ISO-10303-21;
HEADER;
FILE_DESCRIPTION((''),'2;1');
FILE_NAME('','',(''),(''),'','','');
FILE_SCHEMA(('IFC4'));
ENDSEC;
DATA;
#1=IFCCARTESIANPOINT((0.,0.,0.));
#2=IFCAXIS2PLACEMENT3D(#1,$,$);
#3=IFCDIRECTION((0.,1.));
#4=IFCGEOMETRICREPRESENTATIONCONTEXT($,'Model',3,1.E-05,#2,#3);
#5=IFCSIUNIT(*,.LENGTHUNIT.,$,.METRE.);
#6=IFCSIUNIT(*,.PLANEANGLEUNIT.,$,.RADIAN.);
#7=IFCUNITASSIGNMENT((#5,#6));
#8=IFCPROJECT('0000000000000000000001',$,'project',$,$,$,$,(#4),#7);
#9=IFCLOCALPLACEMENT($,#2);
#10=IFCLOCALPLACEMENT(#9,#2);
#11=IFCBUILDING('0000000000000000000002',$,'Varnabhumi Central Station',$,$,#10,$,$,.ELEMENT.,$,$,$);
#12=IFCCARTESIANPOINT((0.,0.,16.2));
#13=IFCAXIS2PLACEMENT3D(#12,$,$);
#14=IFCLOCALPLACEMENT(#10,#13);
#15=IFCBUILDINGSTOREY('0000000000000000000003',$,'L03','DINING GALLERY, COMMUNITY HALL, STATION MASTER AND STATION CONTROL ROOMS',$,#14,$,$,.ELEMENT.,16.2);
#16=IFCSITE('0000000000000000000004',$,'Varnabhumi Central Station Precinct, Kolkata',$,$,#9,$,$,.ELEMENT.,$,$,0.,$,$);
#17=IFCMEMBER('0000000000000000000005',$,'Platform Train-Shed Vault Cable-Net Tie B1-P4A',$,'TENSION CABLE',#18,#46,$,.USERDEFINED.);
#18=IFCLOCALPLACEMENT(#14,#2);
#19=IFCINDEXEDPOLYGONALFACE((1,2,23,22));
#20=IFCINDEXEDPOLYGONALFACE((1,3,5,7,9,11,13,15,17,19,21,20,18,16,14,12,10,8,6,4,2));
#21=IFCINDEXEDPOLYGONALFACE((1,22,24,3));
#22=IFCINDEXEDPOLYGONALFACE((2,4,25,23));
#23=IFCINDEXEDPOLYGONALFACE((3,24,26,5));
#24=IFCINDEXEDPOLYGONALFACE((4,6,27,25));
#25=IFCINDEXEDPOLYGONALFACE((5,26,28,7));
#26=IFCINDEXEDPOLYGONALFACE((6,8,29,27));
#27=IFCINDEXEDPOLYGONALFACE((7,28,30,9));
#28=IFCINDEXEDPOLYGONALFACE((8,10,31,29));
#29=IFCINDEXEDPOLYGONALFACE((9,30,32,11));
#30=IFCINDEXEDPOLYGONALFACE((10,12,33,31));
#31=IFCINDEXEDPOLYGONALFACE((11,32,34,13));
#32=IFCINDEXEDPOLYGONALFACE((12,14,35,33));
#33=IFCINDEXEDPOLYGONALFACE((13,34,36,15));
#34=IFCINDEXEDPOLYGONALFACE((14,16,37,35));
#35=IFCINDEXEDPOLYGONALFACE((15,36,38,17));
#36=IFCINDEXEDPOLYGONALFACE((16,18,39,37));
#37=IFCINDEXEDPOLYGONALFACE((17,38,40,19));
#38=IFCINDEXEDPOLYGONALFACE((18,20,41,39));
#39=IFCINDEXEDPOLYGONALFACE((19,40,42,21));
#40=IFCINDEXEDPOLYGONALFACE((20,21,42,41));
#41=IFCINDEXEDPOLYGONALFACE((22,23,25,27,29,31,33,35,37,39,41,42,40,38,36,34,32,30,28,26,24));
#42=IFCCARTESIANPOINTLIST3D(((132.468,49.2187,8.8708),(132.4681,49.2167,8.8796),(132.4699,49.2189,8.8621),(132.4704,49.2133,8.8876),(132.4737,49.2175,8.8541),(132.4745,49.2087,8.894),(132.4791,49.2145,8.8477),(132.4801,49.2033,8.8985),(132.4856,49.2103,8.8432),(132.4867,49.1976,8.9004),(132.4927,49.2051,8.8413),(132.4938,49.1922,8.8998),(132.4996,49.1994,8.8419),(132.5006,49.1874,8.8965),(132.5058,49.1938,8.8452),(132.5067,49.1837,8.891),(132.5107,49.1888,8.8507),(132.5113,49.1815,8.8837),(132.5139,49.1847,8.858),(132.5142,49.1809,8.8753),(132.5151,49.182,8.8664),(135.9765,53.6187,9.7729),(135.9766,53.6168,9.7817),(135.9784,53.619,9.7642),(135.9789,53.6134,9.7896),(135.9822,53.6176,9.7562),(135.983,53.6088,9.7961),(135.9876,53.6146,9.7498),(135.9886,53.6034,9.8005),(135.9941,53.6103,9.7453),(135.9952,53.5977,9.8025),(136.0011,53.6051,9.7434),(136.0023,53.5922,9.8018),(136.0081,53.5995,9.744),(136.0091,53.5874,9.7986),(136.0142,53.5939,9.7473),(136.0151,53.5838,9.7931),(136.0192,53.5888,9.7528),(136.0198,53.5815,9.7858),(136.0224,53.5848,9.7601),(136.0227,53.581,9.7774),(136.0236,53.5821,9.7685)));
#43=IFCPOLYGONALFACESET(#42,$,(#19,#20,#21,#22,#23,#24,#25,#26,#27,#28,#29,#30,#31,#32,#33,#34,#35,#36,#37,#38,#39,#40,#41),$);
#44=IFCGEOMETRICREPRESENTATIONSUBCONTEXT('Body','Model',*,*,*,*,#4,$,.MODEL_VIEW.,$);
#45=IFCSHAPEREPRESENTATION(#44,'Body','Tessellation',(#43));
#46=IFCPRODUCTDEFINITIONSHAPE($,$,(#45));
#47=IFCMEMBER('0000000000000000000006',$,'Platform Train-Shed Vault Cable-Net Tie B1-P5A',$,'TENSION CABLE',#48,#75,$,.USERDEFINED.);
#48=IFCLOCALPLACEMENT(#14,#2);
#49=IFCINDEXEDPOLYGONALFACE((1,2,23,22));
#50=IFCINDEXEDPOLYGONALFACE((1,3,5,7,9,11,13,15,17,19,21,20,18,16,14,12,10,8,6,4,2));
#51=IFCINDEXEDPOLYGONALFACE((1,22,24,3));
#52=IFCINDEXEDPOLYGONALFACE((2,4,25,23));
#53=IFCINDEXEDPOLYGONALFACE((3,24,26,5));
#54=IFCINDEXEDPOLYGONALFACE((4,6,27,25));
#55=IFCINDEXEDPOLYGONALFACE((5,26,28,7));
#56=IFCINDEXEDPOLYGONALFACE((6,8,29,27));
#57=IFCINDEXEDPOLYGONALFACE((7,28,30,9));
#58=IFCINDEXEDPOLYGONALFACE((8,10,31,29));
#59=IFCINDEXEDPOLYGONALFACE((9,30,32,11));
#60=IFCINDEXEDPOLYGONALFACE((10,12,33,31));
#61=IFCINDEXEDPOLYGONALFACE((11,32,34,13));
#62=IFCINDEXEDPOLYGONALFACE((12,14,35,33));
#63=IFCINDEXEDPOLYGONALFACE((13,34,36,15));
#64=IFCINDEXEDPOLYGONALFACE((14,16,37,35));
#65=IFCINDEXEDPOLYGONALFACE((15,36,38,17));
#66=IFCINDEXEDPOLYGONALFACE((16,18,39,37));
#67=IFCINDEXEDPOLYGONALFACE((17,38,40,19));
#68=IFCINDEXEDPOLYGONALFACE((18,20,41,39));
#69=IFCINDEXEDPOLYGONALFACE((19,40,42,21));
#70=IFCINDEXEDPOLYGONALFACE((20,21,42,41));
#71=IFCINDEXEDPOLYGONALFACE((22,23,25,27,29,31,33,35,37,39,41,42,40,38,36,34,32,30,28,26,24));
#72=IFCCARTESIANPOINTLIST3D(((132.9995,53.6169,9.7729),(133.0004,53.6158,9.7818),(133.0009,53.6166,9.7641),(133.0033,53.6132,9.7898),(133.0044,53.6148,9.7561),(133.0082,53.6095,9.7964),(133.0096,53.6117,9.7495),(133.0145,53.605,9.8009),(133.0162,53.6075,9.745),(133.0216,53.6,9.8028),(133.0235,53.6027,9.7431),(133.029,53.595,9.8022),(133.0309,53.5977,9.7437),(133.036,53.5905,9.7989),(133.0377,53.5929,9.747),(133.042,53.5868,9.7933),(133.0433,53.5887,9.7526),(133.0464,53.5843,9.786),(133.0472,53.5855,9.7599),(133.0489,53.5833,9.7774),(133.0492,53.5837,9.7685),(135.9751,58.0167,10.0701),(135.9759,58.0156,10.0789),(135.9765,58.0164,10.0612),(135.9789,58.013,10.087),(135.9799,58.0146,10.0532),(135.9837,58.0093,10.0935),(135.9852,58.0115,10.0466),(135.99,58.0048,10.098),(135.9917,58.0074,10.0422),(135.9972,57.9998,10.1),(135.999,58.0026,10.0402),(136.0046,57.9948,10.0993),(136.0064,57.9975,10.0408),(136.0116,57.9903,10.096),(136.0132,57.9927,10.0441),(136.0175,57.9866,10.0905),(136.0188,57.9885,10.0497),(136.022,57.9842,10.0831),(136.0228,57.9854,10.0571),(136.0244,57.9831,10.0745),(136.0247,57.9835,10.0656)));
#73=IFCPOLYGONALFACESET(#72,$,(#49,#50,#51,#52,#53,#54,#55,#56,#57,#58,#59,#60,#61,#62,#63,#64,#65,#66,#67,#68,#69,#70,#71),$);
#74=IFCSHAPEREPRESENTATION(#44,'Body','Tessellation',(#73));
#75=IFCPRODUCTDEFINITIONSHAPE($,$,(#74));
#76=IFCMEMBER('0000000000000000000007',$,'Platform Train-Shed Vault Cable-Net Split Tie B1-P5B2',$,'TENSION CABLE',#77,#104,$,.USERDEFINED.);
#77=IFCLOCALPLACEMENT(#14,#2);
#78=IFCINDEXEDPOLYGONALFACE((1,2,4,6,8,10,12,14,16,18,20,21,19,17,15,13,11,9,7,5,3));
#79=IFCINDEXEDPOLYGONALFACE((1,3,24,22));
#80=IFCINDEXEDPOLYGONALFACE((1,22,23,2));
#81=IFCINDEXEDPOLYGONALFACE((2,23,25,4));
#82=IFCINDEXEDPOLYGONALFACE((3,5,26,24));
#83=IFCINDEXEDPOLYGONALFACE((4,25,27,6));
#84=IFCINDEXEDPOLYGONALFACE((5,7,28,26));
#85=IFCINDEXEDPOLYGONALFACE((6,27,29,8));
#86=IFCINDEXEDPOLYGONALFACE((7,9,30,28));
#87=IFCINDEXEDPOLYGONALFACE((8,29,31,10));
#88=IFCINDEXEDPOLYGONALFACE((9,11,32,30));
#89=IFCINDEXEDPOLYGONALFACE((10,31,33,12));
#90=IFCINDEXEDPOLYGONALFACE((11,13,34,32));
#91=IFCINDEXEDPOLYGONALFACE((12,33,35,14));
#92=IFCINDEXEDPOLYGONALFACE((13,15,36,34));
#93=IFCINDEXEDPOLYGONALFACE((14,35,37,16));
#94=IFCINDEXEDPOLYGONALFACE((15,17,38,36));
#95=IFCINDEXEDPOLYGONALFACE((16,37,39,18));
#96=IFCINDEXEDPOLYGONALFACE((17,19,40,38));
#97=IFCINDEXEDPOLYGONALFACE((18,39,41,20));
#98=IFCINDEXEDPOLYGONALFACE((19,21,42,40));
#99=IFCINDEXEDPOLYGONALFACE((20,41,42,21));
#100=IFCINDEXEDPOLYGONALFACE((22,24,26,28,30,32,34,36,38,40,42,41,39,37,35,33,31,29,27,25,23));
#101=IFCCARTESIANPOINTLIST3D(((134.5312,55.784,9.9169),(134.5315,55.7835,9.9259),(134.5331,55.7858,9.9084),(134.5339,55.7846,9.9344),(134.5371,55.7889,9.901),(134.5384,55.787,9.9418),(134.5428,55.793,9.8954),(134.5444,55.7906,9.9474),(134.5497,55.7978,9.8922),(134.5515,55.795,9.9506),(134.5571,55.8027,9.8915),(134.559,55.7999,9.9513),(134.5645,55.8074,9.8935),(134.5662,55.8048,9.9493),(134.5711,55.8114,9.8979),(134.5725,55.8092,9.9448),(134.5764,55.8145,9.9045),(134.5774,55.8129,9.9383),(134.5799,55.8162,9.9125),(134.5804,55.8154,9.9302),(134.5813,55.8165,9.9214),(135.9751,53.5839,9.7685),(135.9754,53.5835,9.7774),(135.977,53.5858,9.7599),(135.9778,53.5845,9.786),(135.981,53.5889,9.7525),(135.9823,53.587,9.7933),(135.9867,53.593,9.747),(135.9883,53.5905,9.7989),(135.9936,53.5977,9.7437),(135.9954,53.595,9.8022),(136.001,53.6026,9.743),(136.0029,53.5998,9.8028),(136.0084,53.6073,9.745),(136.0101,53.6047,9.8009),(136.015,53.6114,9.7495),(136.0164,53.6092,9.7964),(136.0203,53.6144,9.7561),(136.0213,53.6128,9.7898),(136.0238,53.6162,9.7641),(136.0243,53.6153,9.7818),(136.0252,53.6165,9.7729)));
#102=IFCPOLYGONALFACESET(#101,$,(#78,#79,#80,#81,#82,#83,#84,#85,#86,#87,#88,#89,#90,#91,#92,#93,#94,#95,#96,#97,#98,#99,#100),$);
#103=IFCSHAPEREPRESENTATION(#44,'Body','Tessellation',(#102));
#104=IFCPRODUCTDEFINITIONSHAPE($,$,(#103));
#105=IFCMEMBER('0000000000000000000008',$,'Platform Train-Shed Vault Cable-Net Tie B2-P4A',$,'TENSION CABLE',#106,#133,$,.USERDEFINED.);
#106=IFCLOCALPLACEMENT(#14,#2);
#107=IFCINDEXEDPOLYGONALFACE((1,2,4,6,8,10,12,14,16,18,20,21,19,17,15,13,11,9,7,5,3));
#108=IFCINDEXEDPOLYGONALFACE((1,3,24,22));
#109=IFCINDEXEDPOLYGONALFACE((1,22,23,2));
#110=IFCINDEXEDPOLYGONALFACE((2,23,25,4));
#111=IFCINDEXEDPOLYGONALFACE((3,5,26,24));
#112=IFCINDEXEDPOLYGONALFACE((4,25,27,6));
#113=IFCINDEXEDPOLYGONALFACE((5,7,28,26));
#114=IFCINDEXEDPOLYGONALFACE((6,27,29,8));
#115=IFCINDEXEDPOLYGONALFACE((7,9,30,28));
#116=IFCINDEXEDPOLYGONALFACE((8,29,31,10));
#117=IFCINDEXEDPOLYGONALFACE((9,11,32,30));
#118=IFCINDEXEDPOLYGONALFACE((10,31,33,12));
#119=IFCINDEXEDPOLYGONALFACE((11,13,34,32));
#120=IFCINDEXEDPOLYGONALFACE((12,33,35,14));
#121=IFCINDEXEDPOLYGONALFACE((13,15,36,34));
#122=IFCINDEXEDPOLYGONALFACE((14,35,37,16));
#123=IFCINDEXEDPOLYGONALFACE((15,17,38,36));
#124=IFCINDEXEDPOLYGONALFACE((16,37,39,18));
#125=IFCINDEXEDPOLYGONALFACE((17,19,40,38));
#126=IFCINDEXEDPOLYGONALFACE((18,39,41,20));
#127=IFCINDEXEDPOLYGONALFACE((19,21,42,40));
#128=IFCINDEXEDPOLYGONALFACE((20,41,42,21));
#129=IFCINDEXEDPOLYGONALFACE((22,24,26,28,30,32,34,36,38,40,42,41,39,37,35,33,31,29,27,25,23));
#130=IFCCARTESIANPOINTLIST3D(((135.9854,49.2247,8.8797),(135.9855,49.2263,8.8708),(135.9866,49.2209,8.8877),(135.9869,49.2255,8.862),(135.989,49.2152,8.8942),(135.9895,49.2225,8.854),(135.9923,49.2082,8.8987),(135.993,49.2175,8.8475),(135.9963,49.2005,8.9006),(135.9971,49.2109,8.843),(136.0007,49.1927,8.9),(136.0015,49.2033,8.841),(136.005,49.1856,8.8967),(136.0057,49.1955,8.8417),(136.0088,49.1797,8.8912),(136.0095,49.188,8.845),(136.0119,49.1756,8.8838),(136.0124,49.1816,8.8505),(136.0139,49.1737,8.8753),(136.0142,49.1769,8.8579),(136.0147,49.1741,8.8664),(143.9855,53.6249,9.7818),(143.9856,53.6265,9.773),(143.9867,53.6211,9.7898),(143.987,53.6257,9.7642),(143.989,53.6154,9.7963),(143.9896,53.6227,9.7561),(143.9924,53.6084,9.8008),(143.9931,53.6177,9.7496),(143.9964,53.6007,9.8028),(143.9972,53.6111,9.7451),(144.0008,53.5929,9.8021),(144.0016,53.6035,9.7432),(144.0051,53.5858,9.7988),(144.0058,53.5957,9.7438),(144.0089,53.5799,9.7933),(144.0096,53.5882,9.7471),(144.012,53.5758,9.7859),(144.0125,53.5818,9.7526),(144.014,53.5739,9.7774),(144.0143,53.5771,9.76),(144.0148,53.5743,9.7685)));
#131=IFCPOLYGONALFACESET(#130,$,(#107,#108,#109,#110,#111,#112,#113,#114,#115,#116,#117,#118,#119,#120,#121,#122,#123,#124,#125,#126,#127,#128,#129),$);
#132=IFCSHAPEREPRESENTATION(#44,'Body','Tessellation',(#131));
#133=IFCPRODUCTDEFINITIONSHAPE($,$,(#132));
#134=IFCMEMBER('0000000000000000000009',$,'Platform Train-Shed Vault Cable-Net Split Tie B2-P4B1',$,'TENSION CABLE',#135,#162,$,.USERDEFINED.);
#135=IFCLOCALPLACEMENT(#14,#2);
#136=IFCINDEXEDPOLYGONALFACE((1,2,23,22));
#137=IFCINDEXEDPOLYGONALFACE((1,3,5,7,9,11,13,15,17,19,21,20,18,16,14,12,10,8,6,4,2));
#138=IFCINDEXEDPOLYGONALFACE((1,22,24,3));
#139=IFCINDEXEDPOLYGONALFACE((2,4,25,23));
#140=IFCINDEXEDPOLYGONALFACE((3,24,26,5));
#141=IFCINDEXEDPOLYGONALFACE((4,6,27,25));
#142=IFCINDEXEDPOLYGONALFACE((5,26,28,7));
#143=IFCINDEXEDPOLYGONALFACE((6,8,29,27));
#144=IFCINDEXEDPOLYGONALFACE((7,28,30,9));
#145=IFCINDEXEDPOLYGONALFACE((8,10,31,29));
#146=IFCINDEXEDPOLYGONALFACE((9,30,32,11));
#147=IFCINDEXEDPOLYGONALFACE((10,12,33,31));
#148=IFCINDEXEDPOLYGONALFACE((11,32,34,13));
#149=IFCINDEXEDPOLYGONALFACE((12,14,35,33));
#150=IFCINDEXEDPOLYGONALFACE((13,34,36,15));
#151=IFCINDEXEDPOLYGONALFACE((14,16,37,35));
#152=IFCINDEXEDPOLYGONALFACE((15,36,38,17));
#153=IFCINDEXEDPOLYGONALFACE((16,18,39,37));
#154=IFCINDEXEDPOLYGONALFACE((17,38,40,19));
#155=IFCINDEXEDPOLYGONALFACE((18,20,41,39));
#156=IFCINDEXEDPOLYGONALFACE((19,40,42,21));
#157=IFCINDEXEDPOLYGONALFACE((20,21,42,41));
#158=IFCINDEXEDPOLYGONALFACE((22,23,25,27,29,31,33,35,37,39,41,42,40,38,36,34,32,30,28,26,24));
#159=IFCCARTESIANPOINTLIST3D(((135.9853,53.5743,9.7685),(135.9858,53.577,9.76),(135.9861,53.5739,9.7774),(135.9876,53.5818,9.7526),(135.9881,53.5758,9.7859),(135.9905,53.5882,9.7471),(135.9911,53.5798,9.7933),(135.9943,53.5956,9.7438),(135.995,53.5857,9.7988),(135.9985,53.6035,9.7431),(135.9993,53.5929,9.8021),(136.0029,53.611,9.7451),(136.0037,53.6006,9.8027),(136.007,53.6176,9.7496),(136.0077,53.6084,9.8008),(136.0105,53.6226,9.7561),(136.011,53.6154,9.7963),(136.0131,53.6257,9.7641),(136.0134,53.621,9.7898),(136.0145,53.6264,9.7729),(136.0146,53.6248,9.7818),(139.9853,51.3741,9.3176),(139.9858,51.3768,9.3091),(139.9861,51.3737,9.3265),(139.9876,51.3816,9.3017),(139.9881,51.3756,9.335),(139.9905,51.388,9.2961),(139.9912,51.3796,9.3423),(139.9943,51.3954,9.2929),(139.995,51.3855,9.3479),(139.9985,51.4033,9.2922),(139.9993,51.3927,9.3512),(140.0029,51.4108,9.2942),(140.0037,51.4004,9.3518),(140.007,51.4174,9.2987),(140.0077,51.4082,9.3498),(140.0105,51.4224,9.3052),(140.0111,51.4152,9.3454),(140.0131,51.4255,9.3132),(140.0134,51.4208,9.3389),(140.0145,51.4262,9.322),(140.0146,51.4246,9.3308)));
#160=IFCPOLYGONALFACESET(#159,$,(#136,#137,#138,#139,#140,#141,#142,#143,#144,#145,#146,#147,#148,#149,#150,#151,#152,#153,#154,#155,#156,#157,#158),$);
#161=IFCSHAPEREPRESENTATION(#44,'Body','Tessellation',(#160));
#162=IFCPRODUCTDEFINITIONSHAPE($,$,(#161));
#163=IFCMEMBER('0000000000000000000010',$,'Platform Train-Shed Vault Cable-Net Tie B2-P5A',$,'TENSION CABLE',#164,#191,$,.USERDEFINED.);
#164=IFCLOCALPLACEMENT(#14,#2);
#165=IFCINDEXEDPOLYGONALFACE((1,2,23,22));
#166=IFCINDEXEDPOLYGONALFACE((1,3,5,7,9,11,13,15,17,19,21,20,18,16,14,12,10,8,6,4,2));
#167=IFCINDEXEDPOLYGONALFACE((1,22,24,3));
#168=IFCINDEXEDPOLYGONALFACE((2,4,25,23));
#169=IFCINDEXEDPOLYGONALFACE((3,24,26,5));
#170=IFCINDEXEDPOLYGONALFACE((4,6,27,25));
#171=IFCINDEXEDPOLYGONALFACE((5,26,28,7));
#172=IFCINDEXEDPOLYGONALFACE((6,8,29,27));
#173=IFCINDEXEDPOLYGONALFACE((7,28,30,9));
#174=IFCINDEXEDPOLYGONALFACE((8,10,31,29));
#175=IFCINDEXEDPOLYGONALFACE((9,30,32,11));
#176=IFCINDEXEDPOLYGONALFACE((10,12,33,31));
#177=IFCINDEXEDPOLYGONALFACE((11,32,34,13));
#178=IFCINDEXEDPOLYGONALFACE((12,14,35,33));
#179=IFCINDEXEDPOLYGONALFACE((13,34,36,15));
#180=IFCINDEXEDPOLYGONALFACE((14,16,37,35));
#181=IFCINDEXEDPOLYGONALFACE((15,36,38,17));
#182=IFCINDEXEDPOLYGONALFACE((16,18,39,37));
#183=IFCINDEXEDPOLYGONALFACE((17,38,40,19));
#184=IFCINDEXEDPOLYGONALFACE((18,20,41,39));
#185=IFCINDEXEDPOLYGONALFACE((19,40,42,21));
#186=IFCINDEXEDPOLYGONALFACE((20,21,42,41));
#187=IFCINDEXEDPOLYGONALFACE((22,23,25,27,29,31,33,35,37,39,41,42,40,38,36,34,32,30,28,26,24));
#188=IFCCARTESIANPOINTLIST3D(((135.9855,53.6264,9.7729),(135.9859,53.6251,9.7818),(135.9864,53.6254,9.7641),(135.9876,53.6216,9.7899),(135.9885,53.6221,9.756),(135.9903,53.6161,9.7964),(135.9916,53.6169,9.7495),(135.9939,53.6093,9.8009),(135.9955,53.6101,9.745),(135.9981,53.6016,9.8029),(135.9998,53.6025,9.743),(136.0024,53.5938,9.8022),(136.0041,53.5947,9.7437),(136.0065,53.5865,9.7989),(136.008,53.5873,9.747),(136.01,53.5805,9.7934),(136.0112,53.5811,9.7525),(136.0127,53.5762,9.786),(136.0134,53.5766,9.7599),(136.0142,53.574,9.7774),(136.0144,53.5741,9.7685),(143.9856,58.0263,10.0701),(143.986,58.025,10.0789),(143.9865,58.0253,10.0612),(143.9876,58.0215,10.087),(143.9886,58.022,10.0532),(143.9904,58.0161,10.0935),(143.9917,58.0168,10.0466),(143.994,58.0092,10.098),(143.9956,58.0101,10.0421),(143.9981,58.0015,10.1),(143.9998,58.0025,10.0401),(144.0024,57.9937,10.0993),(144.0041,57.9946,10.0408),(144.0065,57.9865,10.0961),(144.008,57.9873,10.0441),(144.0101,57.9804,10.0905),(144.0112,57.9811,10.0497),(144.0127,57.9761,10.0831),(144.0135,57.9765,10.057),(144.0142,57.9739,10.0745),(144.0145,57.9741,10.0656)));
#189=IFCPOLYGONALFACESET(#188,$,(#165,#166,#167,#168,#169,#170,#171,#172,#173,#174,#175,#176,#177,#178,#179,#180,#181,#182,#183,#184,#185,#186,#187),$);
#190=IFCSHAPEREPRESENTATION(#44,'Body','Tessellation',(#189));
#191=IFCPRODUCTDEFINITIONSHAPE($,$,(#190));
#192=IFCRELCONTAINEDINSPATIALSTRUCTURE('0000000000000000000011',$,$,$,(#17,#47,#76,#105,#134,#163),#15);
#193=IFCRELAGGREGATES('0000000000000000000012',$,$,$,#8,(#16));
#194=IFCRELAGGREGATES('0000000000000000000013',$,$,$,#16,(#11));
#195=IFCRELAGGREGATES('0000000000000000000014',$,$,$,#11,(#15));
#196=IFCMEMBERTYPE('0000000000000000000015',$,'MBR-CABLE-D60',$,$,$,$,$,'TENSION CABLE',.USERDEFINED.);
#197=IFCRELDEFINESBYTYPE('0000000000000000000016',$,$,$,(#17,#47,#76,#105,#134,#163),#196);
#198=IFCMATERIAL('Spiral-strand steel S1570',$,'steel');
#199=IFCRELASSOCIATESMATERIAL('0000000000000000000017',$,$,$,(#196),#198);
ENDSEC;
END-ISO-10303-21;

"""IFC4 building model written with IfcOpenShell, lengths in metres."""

from ifc_helpers import new_model, si_unit, direction, frame, origin, origin_2d, place, context, subcontext, project, spatial, circle, extrude, material, material_profile, profile_set, type_object, element, save


model = new_model("IFC4")

# Units and contexts
model_context = context("Model", 3, precision=1e-05, world=origin(), true_north=direction((0.0, 1.0)))
body_context = subcontext(model_context, "Body", "Model", "MODEL_VIEW")
ifc_project = project(units=[si_unit("LENGTHUNIT", "METRE"), si_unit("PLANEANGLEUNIT", "RADIAN")], contexts=[model_context])

# Site, building, storey
site_placement = place(None, origin())
site = spatial("IfcSite", under=ifc_project, at=site_placement, Name="Varnabhumi Central Station Precinct, Kolkata", CompositionType="ELEMENT", RefElevation=0.0)
building_placement = place(site_placement, origin())
building = spatial("IfcBuilding", under=site, at=building_placement, Name="Varnabhumi Central Station", CompositionType="ELEMENT")
storey_placement = place(building_placement, frame((0.0, 0.0, 16.2)))
storey = spatial("IfcBuildingStorey", under=building, at=storey_placement, Name="L03", Description="DINING GALLERY, COMMUNITY HALL, STATION MASTER AND STATION CONTROL ROOMS", CompositionType="ELEMENT", Elevation=16.2)

# Members
ifc_material_1 = material(Name="Spiral-strand steel S1570", Category="steel")
ifc_material_profile_1 = material_profile(ifc_material_1, circle(Radius=0.03, at=origin_2d()), Name="Spiral-strand steel S1570", Category="steel")
ifc_profile_set_1 = profile_set([ifc_material_profile_1], Name="Spiral-strand steel S1570")
member_type_1 = type_object("IfcMemberType", Name="MBR-CABLE-D60", ElementType="TENSION CABLE", PredefinedType="USERDEFINED", material=ifc_profile_set_1)
member_1_placement = place(storey_placement, frame((132.4915, 49.2, 8.8708), z_axis=(0.615582, 0.772015, 0.158275), x_axis=(-0.781871, 0.62344, 0.0)))
element("IfcMember", 1, at=member_1_placement, inside=storey, type_object=member_type_1, Name="Platform Train-Shed Vault Cable-Net Tie B1-P4A", ObjectType="TENSION CABLE", PredefinedType="USERDEFINED", context=body_context, shape_type="SweptSolid", body=[
    extrude(circle(Radius=0.03, at=origin_2d()), origin(), (0.0, 0.0, 1.0), 5.6995),
])
member_2_placement = place(storey_placement, frame((133.0244, 53.6001, 9.7729), z_axis=(0.559329, 0.827062, 0.05585), x_axis=(-0.828355, 0.560204, 0.0)))
element("IfcMember", 2, at=member_2_placement, inside=storey, type_object=member_type_1, Name="Platform Train-Shed Vault Cable-Net Tie B1-P5A", ObjectType="TENSION CABLE", PredefinedType="USERDEFINED", context=body_context, shape_type="SweptSolid", body=[
    extrude(circle(Radius=0.03, at=origin_2d()), origin(), (0.0, 0.0, 1.0), 5.3198),
])
member_3_placement = place(storey_placement, frame((134.5562, 55.8, 9.9214), z_axis=(0.54782, -0.834698, -0.05632), x_axis=(0.836025, 0.548691, 0.0)))
element("IfcMember", 3, at=member_3_placement, inside=storey, type_object=member_type_1, Name="Platform Train-Shed Vault Cable-Net Split Tie B1-P5B2", ObjectType="TENSION CABLE", PredefinedType="USERDEFINED", context=body_context, shape_type="SweptSolid", body=[
    extrude(circle(Radius=0.03, at=origin_2d()), origin(), (0.0, 0.0, 1.0), 2.6357),
])
member_4_placement = place(storey_placement, frame((136.0, 49.2, 8.8708), z_axis=(0.871963, 0.479596, 0.098325), x_axis=(-0.481931, 0.876209, 0.0)))
element("IfcMember", 4, at=member_4_placement, inside=storey, type_object=member_type_1, Name="Platform Train-Shed Vault Cable-Net Tie B2-P4A", ObjectType="TENSION CABLE", PredefinedType="USERDEFINED", context=body_context, shape_type="SweptSolid", body=[
    extrude(circle(Radius=0.03, at=origin_2d()), origin(), (0.0, 0.0, 1.0), 9.1748),
])
member_5_placement = place(storey_placement, frame((136.0, 53.6001, 9.7729), z_axis=(0.871955, -0.479618, -0.098297), x_axis=(0.481952, 0.876198, 0.0)))
element("IfcMember", 5, at=member_5_placement, inside=storey, type_object=member_type_1, Name="Platform Train-Shed Vault Cable-Net Split Tie B2-P4B1", ObjectType="TENSION CABLE", PredefinedType="USERDEFINED", context=body_context, shape_type="SweptSolid", body=[
    extrude(circle(Radius=0.03, at=origin_2d()), origin(), (0.0, 0.0, 1.0), 4.5874),
])
member_6_placement = place(storey_placement, frame((136.0, 53.6001, 9.7729), z_axis=(0.875757, 0.481656, 0.032526), x_axis=(-0.481911, 0.87622, 0.0)))
element("IfcMember", 6, at=member_6_placement, inside=storey, type_object=member_type_1, Name="Platform Train-Shed Vault Cable-Net Tie B2-P5A", ObjectType="TENSION CABLE", PredefinedType="USERDEFINED", context=body_context, shape_type="SweptSolid", body=[
    extrude(circle(Radius=0.03, at=origin_2d()), origin(), (0.0, 0.0, 1.0), 9.135),
])

save(model, "model.ifc")
